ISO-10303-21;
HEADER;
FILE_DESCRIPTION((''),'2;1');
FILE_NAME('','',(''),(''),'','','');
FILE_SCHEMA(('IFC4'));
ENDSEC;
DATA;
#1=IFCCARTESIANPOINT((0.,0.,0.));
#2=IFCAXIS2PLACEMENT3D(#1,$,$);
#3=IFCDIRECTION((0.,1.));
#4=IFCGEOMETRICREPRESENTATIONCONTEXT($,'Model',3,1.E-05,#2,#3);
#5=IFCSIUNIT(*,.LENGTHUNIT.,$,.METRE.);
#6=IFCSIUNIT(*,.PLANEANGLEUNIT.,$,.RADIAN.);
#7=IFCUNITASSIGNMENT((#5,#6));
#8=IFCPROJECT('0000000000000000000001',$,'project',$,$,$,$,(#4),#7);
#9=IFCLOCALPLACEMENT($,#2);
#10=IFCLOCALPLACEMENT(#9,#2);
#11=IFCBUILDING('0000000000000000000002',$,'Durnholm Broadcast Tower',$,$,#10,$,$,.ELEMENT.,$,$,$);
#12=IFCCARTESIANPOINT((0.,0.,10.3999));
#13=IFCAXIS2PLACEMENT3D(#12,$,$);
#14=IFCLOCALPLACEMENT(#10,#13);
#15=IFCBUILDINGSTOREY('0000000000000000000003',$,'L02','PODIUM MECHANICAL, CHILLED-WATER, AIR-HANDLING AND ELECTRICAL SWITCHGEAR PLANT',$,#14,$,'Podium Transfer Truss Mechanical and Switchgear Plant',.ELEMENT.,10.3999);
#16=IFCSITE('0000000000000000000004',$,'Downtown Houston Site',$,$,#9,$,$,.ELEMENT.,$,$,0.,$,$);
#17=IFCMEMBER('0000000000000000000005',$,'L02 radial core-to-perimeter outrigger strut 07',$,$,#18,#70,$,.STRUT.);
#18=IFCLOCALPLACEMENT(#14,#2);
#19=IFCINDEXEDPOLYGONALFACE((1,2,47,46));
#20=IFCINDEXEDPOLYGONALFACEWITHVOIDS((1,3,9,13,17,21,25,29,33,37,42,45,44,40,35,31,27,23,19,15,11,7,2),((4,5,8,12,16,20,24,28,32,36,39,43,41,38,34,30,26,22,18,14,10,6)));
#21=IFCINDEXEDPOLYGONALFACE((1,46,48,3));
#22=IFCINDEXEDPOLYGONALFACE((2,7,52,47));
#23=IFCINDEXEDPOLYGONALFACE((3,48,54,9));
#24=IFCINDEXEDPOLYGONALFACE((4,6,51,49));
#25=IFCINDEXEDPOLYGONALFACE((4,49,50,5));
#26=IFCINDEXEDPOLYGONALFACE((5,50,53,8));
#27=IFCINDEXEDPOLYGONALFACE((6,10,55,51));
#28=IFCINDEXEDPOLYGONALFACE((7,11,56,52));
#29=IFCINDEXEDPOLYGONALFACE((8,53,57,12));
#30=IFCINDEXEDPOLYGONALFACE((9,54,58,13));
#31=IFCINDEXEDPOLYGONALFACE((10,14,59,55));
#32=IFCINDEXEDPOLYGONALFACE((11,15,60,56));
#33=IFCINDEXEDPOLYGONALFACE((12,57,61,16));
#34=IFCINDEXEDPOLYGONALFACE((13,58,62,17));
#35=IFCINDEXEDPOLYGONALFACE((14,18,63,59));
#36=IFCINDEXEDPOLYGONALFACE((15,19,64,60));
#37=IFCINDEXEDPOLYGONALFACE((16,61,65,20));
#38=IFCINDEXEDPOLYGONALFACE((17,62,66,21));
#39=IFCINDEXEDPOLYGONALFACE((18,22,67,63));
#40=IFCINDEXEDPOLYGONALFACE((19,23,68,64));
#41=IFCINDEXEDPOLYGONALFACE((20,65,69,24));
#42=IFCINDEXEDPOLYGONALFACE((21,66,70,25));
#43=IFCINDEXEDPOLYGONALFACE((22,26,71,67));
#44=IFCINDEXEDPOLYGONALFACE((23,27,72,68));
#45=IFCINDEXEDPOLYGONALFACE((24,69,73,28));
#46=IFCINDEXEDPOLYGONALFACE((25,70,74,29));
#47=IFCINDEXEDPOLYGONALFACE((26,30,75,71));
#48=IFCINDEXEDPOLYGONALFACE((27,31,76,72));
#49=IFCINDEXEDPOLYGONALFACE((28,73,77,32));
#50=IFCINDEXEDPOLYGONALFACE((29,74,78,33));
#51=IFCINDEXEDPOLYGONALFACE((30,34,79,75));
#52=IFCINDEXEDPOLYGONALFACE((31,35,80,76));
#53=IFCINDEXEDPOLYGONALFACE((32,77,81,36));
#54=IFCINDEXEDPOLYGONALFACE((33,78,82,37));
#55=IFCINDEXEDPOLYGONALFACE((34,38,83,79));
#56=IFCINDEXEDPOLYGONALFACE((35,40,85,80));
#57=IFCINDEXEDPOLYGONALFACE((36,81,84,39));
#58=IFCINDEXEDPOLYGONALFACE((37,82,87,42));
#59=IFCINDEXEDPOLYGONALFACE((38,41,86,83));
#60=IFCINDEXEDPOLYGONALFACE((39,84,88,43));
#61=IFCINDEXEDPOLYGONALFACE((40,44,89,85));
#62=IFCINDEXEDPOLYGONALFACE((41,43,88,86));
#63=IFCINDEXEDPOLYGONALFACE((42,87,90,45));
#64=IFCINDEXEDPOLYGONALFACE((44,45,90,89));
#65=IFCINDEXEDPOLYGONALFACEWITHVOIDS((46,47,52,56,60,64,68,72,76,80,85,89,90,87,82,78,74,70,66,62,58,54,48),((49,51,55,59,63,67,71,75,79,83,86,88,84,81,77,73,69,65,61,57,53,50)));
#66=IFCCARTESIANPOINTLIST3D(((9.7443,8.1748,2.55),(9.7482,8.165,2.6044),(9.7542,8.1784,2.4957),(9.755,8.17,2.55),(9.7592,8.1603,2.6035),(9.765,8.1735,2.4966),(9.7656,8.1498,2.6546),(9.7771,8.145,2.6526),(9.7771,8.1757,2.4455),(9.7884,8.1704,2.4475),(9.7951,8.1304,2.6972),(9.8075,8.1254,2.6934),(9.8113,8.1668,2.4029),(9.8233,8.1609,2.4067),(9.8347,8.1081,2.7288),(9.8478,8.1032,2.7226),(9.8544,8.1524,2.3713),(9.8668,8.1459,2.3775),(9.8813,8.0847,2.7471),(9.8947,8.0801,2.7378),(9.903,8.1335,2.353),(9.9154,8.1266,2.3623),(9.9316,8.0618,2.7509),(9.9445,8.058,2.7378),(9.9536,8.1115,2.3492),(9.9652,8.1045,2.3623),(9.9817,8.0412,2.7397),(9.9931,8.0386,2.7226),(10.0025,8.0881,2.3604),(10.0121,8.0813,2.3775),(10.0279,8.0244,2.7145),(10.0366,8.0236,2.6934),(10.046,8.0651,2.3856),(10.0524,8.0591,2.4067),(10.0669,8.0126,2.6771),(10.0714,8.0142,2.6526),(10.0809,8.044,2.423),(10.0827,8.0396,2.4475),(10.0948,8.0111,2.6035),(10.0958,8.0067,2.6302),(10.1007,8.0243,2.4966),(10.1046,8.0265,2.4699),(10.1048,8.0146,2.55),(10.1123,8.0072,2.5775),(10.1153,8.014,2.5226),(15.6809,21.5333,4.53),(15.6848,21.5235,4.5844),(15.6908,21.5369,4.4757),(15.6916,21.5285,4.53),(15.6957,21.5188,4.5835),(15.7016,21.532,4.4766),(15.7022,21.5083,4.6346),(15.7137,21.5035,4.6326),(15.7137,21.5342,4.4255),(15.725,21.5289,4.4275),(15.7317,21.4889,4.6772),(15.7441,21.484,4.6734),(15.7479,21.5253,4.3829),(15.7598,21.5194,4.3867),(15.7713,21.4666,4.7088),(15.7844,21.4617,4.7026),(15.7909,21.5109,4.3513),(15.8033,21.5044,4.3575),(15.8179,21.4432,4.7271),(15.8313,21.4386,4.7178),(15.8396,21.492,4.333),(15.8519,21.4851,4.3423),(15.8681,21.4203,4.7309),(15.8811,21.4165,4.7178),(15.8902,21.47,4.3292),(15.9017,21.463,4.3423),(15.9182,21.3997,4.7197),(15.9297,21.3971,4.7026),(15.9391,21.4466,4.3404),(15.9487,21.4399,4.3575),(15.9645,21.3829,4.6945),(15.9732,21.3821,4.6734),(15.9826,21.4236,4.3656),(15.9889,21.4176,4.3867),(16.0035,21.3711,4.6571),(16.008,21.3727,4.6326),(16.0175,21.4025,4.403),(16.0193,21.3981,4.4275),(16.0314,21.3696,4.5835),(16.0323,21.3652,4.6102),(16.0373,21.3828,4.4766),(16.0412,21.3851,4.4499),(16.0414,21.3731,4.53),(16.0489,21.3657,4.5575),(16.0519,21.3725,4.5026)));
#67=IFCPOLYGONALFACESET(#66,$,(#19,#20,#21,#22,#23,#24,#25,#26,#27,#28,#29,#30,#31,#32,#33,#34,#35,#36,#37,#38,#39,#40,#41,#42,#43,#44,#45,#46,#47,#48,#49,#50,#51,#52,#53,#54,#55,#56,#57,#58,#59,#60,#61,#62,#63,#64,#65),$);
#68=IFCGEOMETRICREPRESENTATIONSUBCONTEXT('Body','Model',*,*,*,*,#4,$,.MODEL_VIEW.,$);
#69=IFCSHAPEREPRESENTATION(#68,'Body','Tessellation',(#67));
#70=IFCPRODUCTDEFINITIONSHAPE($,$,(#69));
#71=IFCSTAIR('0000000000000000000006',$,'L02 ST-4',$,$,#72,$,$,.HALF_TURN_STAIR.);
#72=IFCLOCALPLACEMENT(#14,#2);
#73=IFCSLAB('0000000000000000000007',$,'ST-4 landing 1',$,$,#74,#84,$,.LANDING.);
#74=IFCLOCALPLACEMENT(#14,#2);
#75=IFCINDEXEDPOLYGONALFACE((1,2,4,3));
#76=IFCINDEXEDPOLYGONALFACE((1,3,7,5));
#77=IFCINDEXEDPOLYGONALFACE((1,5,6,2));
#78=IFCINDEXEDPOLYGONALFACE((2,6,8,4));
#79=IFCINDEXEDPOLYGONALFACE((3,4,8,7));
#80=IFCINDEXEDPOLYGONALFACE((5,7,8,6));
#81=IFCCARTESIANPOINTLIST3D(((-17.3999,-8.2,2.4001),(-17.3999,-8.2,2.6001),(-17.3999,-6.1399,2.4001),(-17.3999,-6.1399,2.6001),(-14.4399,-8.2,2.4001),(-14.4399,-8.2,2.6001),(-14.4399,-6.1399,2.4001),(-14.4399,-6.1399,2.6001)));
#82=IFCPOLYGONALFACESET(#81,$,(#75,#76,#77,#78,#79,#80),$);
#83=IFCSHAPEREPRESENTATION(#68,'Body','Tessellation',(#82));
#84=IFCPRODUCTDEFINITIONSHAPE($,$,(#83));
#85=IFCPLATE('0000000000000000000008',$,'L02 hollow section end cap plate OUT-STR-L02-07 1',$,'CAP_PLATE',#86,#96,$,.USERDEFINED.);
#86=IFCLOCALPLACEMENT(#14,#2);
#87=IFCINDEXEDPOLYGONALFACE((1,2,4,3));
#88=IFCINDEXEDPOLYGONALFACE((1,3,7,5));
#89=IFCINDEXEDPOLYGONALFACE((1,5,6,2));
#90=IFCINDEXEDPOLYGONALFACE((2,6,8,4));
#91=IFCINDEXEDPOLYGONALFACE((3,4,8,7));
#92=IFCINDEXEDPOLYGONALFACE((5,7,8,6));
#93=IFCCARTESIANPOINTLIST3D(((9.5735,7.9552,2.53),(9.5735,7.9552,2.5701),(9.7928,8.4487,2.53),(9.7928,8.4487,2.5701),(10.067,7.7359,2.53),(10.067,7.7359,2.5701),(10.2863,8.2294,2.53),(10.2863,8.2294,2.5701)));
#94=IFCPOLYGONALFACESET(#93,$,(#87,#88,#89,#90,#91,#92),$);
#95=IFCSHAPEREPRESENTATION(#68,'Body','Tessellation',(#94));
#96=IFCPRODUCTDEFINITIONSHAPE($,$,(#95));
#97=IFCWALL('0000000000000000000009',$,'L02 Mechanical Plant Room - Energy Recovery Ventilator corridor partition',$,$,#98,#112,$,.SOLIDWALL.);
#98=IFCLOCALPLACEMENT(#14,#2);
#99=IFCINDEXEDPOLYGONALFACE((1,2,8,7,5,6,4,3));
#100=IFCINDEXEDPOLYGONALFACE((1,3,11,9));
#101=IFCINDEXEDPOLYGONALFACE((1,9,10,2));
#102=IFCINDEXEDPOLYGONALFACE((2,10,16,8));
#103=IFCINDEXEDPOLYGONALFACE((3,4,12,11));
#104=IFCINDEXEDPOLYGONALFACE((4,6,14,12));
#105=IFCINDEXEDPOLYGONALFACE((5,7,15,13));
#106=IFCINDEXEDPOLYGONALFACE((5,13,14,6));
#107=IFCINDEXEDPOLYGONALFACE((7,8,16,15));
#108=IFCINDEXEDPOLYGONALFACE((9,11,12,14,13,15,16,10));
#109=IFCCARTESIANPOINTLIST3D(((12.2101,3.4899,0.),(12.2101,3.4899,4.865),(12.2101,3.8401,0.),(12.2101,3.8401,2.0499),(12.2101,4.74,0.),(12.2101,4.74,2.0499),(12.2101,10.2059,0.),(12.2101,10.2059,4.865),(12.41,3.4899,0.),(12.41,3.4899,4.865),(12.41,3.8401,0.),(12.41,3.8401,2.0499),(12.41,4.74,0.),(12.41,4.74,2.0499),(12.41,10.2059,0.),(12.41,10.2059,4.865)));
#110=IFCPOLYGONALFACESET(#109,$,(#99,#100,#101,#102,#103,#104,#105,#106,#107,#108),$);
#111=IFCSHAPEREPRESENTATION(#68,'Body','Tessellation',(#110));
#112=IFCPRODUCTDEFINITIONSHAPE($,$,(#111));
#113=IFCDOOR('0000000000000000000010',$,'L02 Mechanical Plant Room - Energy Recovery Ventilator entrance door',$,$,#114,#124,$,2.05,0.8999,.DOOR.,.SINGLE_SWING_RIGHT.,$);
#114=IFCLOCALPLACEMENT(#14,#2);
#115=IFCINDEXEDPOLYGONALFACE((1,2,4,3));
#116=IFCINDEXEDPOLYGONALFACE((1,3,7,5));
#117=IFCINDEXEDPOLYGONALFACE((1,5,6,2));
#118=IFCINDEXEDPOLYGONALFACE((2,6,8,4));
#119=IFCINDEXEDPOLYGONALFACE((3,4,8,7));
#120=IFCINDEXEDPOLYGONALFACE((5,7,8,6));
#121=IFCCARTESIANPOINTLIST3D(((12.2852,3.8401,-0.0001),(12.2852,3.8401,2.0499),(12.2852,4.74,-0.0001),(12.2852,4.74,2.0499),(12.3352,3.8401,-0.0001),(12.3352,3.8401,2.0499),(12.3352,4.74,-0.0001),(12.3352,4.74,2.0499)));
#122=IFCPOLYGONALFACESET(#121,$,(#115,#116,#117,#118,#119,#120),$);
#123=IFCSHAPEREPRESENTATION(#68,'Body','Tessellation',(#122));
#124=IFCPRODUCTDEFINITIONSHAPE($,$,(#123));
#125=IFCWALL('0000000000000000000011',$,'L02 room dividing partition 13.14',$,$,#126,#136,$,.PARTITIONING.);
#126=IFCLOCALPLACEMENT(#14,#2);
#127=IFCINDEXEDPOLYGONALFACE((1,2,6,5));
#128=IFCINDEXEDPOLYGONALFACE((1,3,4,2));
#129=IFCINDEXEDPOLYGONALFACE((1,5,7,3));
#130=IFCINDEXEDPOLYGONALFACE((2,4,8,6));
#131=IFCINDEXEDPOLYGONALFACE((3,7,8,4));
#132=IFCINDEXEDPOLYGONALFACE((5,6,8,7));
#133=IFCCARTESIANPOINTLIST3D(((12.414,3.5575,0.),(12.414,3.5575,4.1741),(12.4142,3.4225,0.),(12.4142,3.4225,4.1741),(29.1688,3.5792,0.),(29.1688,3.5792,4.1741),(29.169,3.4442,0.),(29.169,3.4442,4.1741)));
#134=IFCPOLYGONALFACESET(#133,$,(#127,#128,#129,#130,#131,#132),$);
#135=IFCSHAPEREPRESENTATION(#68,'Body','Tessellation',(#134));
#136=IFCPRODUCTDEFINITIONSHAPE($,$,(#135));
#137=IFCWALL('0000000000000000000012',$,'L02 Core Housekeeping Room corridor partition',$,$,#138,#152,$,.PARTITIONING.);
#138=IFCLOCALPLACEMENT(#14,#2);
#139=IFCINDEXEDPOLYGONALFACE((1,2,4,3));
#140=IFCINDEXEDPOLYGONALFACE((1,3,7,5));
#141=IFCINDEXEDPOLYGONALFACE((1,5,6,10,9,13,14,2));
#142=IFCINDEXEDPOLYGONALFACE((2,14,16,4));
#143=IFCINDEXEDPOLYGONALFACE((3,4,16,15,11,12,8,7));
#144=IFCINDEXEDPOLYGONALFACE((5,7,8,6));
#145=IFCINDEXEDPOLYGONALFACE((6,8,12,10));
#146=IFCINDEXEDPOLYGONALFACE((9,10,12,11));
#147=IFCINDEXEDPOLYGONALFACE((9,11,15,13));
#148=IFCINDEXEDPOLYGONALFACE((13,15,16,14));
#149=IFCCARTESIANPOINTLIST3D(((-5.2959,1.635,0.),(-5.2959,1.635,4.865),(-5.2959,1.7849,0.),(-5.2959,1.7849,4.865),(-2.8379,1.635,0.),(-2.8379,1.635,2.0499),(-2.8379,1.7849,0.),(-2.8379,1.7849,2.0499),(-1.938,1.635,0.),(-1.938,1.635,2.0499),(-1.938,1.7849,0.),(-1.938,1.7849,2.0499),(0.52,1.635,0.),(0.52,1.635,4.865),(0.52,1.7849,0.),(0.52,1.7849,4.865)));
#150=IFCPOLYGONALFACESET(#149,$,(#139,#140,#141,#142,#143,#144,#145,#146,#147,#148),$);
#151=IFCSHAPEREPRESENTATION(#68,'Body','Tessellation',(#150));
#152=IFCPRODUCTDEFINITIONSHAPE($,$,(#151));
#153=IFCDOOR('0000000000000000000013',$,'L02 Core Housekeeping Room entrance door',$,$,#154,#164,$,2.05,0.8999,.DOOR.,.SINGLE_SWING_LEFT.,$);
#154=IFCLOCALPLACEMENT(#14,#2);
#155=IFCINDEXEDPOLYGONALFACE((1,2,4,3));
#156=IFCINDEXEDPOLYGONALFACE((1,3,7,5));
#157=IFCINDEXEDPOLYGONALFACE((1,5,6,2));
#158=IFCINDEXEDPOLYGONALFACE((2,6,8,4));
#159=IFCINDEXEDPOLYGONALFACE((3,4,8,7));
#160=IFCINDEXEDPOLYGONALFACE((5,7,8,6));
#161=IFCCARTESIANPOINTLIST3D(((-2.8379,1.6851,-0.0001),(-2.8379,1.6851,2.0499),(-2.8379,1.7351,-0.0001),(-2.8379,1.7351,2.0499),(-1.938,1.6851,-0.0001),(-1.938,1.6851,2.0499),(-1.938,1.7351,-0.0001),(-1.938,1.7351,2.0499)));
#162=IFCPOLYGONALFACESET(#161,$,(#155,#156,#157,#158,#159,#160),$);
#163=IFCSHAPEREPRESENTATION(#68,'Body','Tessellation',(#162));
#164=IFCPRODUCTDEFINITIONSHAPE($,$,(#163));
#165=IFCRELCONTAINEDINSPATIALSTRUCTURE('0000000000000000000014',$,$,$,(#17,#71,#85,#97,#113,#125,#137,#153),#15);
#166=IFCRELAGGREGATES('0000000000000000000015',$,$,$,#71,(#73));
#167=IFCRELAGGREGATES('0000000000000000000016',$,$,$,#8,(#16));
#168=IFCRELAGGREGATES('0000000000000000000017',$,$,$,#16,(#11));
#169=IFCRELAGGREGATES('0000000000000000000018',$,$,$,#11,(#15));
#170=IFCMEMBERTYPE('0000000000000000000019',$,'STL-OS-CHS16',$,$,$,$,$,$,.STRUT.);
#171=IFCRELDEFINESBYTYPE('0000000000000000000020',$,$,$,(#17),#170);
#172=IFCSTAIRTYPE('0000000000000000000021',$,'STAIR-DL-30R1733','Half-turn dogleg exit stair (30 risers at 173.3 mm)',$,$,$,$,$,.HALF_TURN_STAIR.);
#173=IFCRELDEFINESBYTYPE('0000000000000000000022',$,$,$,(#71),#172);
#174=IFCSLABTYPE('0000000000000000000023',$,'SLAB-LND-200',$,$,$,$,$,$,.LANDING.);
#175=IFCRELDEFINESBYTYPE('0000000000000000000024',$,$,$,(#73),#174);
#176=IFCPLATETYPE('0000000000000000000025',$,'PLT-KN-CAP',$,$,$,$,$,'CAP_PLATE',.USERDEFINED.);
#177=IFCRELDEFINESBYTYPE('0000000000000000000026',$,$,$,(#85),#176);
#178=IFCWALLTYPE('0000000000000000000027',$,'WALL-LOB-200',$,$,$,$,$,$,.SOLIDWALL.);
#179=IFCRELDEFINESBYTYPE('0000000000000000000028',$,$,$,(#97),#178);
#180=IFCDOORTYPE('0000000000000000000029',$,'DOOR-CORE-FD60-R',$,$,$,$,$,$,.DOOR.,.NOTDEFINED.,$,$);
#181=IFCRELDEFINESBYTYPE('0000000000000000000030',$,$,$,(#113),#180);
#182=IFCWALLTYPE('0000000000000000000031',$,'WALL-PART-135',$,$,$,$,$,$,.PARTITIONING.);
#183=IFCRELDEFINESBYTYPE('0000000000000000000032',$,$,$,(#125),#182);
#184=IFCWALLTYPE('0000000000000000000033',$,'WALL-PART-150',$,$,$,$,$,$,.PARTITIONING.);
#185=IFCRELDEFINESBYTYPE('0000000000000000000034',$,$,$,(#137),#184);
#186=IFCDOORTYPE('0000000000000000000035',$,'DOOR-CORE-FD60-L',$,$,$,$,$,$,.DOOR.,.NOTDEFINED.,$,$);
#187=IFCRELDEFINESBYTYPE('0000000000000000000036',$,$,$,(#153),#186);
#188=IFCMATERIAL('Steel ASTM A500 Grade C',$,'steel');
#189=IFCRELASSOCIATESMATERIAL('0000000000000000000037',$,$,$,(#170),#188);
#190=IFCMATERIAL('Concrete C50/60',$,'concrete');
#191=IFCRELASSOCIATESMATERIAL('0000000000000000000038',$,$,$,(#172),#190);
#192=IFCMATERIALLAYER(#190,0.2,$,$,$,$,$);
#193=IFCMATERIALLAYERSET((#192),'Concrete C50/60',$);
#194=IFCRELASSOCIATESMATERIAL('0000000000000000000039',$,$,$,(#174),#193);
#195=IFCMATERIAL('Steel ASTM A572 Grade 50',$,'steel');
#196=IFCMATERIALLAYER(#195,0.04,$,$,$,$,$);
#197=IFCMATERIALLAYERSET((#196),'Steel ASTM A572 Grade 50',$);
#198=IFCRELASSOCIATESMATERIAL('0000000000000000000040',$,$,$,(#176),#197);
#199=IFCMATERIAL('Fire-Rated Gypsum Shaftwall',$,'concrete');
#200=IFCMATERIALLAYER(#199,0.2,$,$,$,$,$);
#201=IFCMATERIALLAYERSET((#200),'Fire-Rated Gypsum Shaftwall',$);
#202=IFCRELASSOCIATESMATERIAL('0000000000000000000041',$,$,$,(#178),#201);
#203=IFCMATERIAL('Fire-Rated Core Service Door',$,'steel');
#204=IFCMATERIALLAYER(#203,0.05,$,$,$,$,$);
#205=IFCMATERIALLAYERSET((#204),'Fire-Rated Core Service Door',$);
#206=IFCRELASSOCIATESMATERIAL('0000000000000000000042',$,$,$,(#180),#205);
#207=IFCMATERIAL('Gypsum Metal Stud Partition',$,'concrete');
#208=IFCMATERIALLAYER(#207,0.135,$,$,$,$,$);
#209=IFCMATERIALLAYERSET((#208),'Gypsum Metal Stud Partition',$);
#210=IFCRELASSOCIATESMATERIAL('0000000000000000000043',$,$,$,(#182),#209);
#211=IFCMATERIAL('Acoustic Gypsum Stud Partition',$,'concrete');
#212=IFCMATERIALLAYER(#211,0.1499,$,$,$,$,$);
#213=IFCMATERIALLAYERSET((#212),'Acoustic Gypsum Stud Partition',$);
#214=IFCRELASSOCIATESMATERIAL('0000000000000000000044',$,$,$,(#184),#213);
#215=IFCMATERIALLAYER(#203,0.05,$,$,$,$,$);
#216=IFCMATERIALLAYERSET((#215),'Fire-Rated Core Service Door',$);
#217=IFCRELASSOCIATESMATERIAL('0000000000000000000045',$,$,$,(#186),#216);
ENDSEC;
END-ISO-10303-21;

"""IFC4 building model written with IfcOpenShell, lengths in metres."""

from ifc_helpers import new_model, si_unit, direction, frame, frame_2d, origin, origin_2d, place, context, subcontext, project, spatial, polyline, rectangle, hollow_circle, outline, extrude, source, transform, mapped, material, layer, layer_set, material_profile, profile_set, type_object, type_shapes, element, fill, aggregate, save


model = new_model("IFC4")

# Units and contexts
model_context = context("Model", 3, precision=1e-05, world=origin(), true_north=direction((0.0, 1.0)))
body_context = subcontext(model_context, "Body", "Model", "MODEL_VIEW")
ifc_project = project(units=[si_unit("LENGTHUNIT", "METRE"), si_unit("PLANEANGLEUNIT", "RADIAN")], contexts=[model_context])

# Site, building, storey
site_placement = place(None, origin())
site = spatial("IfcSite", under=ifc_project, at=site_placement, Name="Downtown Houston Site", CompositionType="ELEMENT", RefElevation=0.0)
building_placement = place(site_placement, origin())
building = spatial("IfcBuilding", under=site, at=building_placement, Name="Durnholm Broadcast Tower", CompositionType="ELEMENT")
storey_placement = place(building_placement, frame((0.0, 0.0, 10.3999)))
storey = spatial("IfcBuildingStorey", under=building, at=storey_placement, Name="L02", Description="PODIUM MECHANICAL, CHILLED-WATER, AIR-HANDLING AND ELECTRICAL SWITCHGEAR PLANT", LongName="Podium Transfer Truss Mechanical and Switchgear Plant", CompositionType="ELEMENT", Elevation=10.3999)

# Member
ifc_material_1 = material(Name="Steel ASTM A500 Grade C", Category="steel")
ifc_material_profile_1 = material_profile(ifc_material_1, hollow_circle(Radius=0.2031, WallThickness=0.0117, at=origin_2d()), Name="HSS16.000X0.500")
ifc_profile_set_1 = profile_set([ifc_material_profile_1], Name="Steel ASTM A500 Grade C")
member_type = type_object("IfcMemberType", Name="STL-OS-CHS16", PredefinedType="STRUT", material=ifc_profile_set_1)
shared_shape_1 = source(origin(), body_context, "Body", "SweptSolid", [
    extrude(hollow_circle(Radius=0.2031, WallThickness=0.0117, at=origin_2d()), origin(), (0.0, 0.0, 1.0), 14.7517),
])
type_shapes(member_type, [shared_shape_1])
member_placement = place(storey_placement, frame((9.9299, 8.0923, 2.55), z_axis=(0.402433, 0.905556, 0.134221), x_axis=(-0.913825, 0.406107, 0.0)))
element("IfcMember", 1, at=member_placement, inside=storey, type_object=member_type, Name="L02 radial core-to-perimeter outrigger strut 07", PredefinedType="STRUT", context=body_context, shape_type="MappedRepresentation", body=[
    mapped(shared_shape_1, transform((0.0, 0.0, 0.0), x_axis=(1.0, 0.0, 0.0), y_axis=(0.0, 1.0, 0.0), z_axis=(0.0, 0.0, 1.0), scale=1.0)),
])

# Stair, slab
ifc_material_2 = material(Name="Concrete C50/60", Category="concrete")
stair_type = type_object("IfcStairType", Name="STAIR-DL-30R1733", Description="Half-turn dogleg exit stair (30 risers at 173.3 mm)", PredefinedType="HALF_TURN_STAIR", material=ifc_material_2)
stair_1_placement = place(storey_placement, origin())
stair_1 = element("IfcStair", 2, at=stair_1_placement, inside=storey, type_object=stair_type, Name="L02 ST-4", PredefinedType="HALF_TURN_STAIR")
ifc_layer_1 = layer(ifc_material_2, 0.2)
ifc_layer_set_1 = layer_set([ifc_layer_1], Name="Concrete C50/60")
slab_type = type_object("IfcSlabType", Name="SLAB-LND-200", PredefinedType="LANDING", material=ifc_layer_set_1)
slab_placement = place(storey_placement, frame((0.0, 0.0, 2.4001)))
slab = element("IfcSlab", 3, at=slab_placement, type_object=slab_type, Name="ST-4 landing 1", PredefinedType="LANDING", context=body_context, shape_type="SweptSolid", body=[
    extrude(outline(polyline([(-17.3999, -6.1399), (-17.3999, -8.2), (-14.4399, -8.2), (-14.4399, -6.1399), (-17.3999, -6.1399)])), origin(), (0.0, 0.0, 1.0), 0.2),
])
aggregate(stair_1, [slab])

# Plate
ifc_material_3 = material(Name="Steel ASTM A572 Grade 50", Category="steel")
ifc_layer_2 = layer(ifc_material_3, 0.04)
ifc_layer_set_2 = layer_set([ifc_layer_2], Name="Steel ASTM A572 Grade 50")
plate_type = type_object("IfcPlateType", Name="PLT-KN-CAP", ElementType="CAP_PLATE", PredefinedType="USERDEFINED", material=ifc_layer_set_2)
shared_shape_2 = source(origin(), body_context, "Body", "SweptSolid", [
    extrude(rectangle(XDim=0.54, YDim=0.54, at=origin_2d()), origin(), (0.0, 0.0, 1.0), 0.04),
])
type_shapes(plate_type, [shared_shape_2])
plate_placement = place(storey_placement, frame((9.9299, 8.0923, 2.53), z_axis=(0.0, 0.0, 1.0), x_axis=(0.406099, 0.913829, 0.0)))
element("IfcPlate", 4, at=plate_placement, inside=storey, type_object=plate_type, Name="L02 hollow section end cap plate OUT-STR-L02-07 1", ObjectType="CAP_PLATE", PredefinedType="USERDEFINED", context=body_context, shape_type="MappedRepresentation", body=[
    mapped(shared_shape_2, transform((0.0, 0.0, 0.0), x_axis=(1.0, 0.0, 0.0), y_axis=(0.0, 1.0, 0.0), z_axis=(0.0, 0.0, 1.0), scale=1.0)),
])

# Wall, opening, door
ifc_material_4 = material(Name="Fire-Rated Gypsum Shaftwall", Category="concrete")
ifc_layer_3 = layer(ifc_material_4, 0.2)
ifc_layer_set_3 = layer_set([ifc_layer_3], Name="Fire-Rated Gypsum Shaftwall")
wall_type_1 = type_object("IfcWallType", Name="WALL-LOB-200", PredefinedType="SOLIDWALL", material=ifc_layer_set_3)
wall_1_placement = place(storey_placement, frame((12.3101, 3.49, 0.0), z_axis=(0.0, 0.0, 1.0), x_axis=(0.0, 1.0, 0.0)))
wall_1 = element("IfcWall", 5, at=wall_1_placement, inside=storey, type_object=wall_type_1, Name="L02 Mechanical Plant Room - Energy Recovery Ventilator corridor partition", PredefinedType="SOLIDWALL", context=body_context, shape_type="SweptSolid", body=[
    extrude(rectangle(XDim=6.7161, YDim=0.2, at=frame_2d((3.3579, 0.0))), origin(), (0.0, 0.0, 1.0), 4.865),
])
opening_1_placement = place(wall_1_placement, frame((0.3501, 0.0, 0.0)))
opening_1 = element("IfcOpeningElement", 6, at=opening_1_placement, cuts=wall_1, PredefinedType="OPENING", context=body_context, shape_type="SweptSolid", body=[
    extrude(rectangle(XDim=0.8999, YDim=2.05, at=frame_2d((0.45, 1.0249))), frame((0.0, 0.1099, 0.0), z_axis=(0.0, -1.0, 0.0), x_axis=(1.0, 0.0, 0.0)), (0.0, 0.0, 1.0), 0.22),
])
ifc_material_5 = material(Name="Fire-Rated Core Service Door", Category="steel")
ifc_layer_4 = layer(ifc_material_5, 0.05)
ifc_layer_set_4 = layer_set([ifc_layer_4], Name="Fire-Rated Core Service Door")
door_type_1 = type_object("IfcDoorType", Name="DOOR-CORE-FD60-R", OperationType="NOTDEFINED", PredefinedType="DOOR", material=ifc_layer_set_4)
shared_shape_3 = source(origin(), body_context, "Body", "SweptSolid", [
    extrude(rectangle(XDim=0.8999, YDim=2.05, at=frame_2d((0.45, 1.0249))), frame((0.0, 0.0249, 0.0), z_axis=(0.0, -1.0, 0.0), x_axis=(1.0, 0.0, 0.0)), (0.0, 0.0, 1.0), 0.05),
])
type_shapes(door_type_1, [shared_shape_3])
door_1_placement = place(opening_1_placement, origin())
door_1 = element("IfcDoor", 7, at=door_1_placement, inside=storey, type_object=door_type_1, Name="L02 Mechanical Plant Room - Energy Recovery Ventilator entrance door", OperationType="SINGLE_SWING_RIGHT", OverallHeight=2.05, OverallWidth=0.8999, PredefinedType="DOOR", context=body_context, shape_type="MappedRepresentation", body=[
    mapped(shared_shape_3, transform((0.0, 0.0, 0.0), x_axis=(1.0, 0.0, 0.0), y_axis=(0.0, 1.0, 0.0), z_axis=(0.0, 0.0, 1.0), scale=1.0)),
])
fill(opening_1, door_1)

# Wall
ifc_material_6 = material(Name="Gypsum Metal Stud Partition", Category="concrete")
ifc_layer_5 = layer(ifc_material_6, 0.135)
ifc_layer_set_5 = layer_set([ifc_layer_5], Name="Gypsum Metal Stud Partition")
wall_type_2 = type_object("IfcWallType", Name="WALL-PART-135", PredefinedType="PARTITIONING", material=ifc_layer_set_5)
wall_2_placement = place(storey_placement, frame((12.4141, 3.49, 0.0), z_axis=(0.0, 0.0, 1.0), x_axis=(0.999999, 0.001297, 0.0)))
element("IfcWall", 8, at=wall_2_placement, inside=storey, type_object=wall_type_2, Name="L02 room dividing partition 13.14", PredefinedType="PARTITIONING", context=body_context, shape_type="SweptSolid", body=[
    extrude(rectangle(XDim=16.7549, YDim=0.135, at=frame_2d((8.3774, 0.0))), origin(), (0.0, 0.0, 1.0), 4.1741),
])

# Wall, opening, door
ifc_material_7 = material(Name="Acoustic Gypsum Stud Partition", Category="concrete")
ifc_layer_6 = layer(ifc_material_7, 0.1499)
ifc_layer_set_6 = layer_set([ifc_layer_6], Name="Acoustic Gypsum Stud Partition")
wall_type_3 = type_object("IfcWallType", Name="WALL-PART-150", PredefinedType="PARTITIONING", material=ifc_layer_set_6)
wall_3_placement = place(storey_placement, frame((0.52, 1.71, 0.0), z_axis=(0.0, 0.0, 1.0), x_axis=(-1.0, 0.0, 0.0)))
wall_3 = element("IfcWall", 9, at=wall_3_placement, inside=storey, type_object=wall_type_3, Name="L02 Core Housekeeping Room corridor partition", PredefinedType="PARTITIONING", context=body_context, shape_type="SweptSolid", body=[
    extrude(rectangle(XDim=5.8159, YDim=0.1499, at=frame_2d((2.908, 0.0))), origin(), (0.0, 0.0, 1.0), 4.865),
])
opening_2_placement = place(wall_3_placement, frame((2.458, 0.0, 0.0)))
opening_2 = element("IfcOpeningElement", 10, at=opening_2_placement, cuts=wall_3, PredefinedType="OPENING", context=body_context, shape_type="SweptSolid", body=[
    extrude(rectangle(XDim=0.8999, YDim=2.05, at=frame_2d((0.45, 1.0249))), frame((0.0, 0.085, 0.0), z_axis=(0.0, -1.0, 0.0), x_axis=(1.0, 0.0, 0.0)), (0.0, 0.0, 1.0), 0.1699),
])
ifc_layer_7 = layer(ifc_material_5, 0.05)
ifc_layer_set_7 = layer_set([ifc_layer_7], Name="Fire-Rated Core Service Door")
door_type_2 = type_object("IfcDoorType", Name="DOOR-CORE-FD60-L", OperationType="NOTDEFINED", PredefinedType="DOOR", material=ifc_layer_set_7)
shared_shape_4 = source(origin(), body_context, "Body", "SweptSolid", [
    extrude(rectangle(XDim=0.8999, YDim=2.05, at=frame_2d((0.45, 1.0249))), frame((0.0, 0.0249, 0.0), z_axis=(0.0, -1.0, 0.0), x_axis=(1.0, 0.0, 0.0)), (0.0, 0.0, 1.0), 0.05),
])
type_shapes(door_type_2, [shared_shape_4])
door_2_placement = place(opening_2_placement, origin())
door_2 = element("IfcDoor", 11, at=door_2_placement, inside=storey, type_object=door_type_2, Name="L02 Core Housekeeping Room entrance door", OperationType="SINGLE_SWING_LEFT", OverallHeight=2.05, OverallWidth=0.8999, PredefinedType="DOOR", context=body_context, shape_type="MappedRepresentation", body=[
    mapped(shared_shape_4, transform((0.0, 0.0, 0.0), x_axis=(1.0, 0.0, 0.0), y_axis=(0.0, 1.0, 0.0), z_axis=(0.0, 0.0, 1.0), scale=1.0)),
])
fill(opening_2, door_2)

save(model, "model.ifc")
